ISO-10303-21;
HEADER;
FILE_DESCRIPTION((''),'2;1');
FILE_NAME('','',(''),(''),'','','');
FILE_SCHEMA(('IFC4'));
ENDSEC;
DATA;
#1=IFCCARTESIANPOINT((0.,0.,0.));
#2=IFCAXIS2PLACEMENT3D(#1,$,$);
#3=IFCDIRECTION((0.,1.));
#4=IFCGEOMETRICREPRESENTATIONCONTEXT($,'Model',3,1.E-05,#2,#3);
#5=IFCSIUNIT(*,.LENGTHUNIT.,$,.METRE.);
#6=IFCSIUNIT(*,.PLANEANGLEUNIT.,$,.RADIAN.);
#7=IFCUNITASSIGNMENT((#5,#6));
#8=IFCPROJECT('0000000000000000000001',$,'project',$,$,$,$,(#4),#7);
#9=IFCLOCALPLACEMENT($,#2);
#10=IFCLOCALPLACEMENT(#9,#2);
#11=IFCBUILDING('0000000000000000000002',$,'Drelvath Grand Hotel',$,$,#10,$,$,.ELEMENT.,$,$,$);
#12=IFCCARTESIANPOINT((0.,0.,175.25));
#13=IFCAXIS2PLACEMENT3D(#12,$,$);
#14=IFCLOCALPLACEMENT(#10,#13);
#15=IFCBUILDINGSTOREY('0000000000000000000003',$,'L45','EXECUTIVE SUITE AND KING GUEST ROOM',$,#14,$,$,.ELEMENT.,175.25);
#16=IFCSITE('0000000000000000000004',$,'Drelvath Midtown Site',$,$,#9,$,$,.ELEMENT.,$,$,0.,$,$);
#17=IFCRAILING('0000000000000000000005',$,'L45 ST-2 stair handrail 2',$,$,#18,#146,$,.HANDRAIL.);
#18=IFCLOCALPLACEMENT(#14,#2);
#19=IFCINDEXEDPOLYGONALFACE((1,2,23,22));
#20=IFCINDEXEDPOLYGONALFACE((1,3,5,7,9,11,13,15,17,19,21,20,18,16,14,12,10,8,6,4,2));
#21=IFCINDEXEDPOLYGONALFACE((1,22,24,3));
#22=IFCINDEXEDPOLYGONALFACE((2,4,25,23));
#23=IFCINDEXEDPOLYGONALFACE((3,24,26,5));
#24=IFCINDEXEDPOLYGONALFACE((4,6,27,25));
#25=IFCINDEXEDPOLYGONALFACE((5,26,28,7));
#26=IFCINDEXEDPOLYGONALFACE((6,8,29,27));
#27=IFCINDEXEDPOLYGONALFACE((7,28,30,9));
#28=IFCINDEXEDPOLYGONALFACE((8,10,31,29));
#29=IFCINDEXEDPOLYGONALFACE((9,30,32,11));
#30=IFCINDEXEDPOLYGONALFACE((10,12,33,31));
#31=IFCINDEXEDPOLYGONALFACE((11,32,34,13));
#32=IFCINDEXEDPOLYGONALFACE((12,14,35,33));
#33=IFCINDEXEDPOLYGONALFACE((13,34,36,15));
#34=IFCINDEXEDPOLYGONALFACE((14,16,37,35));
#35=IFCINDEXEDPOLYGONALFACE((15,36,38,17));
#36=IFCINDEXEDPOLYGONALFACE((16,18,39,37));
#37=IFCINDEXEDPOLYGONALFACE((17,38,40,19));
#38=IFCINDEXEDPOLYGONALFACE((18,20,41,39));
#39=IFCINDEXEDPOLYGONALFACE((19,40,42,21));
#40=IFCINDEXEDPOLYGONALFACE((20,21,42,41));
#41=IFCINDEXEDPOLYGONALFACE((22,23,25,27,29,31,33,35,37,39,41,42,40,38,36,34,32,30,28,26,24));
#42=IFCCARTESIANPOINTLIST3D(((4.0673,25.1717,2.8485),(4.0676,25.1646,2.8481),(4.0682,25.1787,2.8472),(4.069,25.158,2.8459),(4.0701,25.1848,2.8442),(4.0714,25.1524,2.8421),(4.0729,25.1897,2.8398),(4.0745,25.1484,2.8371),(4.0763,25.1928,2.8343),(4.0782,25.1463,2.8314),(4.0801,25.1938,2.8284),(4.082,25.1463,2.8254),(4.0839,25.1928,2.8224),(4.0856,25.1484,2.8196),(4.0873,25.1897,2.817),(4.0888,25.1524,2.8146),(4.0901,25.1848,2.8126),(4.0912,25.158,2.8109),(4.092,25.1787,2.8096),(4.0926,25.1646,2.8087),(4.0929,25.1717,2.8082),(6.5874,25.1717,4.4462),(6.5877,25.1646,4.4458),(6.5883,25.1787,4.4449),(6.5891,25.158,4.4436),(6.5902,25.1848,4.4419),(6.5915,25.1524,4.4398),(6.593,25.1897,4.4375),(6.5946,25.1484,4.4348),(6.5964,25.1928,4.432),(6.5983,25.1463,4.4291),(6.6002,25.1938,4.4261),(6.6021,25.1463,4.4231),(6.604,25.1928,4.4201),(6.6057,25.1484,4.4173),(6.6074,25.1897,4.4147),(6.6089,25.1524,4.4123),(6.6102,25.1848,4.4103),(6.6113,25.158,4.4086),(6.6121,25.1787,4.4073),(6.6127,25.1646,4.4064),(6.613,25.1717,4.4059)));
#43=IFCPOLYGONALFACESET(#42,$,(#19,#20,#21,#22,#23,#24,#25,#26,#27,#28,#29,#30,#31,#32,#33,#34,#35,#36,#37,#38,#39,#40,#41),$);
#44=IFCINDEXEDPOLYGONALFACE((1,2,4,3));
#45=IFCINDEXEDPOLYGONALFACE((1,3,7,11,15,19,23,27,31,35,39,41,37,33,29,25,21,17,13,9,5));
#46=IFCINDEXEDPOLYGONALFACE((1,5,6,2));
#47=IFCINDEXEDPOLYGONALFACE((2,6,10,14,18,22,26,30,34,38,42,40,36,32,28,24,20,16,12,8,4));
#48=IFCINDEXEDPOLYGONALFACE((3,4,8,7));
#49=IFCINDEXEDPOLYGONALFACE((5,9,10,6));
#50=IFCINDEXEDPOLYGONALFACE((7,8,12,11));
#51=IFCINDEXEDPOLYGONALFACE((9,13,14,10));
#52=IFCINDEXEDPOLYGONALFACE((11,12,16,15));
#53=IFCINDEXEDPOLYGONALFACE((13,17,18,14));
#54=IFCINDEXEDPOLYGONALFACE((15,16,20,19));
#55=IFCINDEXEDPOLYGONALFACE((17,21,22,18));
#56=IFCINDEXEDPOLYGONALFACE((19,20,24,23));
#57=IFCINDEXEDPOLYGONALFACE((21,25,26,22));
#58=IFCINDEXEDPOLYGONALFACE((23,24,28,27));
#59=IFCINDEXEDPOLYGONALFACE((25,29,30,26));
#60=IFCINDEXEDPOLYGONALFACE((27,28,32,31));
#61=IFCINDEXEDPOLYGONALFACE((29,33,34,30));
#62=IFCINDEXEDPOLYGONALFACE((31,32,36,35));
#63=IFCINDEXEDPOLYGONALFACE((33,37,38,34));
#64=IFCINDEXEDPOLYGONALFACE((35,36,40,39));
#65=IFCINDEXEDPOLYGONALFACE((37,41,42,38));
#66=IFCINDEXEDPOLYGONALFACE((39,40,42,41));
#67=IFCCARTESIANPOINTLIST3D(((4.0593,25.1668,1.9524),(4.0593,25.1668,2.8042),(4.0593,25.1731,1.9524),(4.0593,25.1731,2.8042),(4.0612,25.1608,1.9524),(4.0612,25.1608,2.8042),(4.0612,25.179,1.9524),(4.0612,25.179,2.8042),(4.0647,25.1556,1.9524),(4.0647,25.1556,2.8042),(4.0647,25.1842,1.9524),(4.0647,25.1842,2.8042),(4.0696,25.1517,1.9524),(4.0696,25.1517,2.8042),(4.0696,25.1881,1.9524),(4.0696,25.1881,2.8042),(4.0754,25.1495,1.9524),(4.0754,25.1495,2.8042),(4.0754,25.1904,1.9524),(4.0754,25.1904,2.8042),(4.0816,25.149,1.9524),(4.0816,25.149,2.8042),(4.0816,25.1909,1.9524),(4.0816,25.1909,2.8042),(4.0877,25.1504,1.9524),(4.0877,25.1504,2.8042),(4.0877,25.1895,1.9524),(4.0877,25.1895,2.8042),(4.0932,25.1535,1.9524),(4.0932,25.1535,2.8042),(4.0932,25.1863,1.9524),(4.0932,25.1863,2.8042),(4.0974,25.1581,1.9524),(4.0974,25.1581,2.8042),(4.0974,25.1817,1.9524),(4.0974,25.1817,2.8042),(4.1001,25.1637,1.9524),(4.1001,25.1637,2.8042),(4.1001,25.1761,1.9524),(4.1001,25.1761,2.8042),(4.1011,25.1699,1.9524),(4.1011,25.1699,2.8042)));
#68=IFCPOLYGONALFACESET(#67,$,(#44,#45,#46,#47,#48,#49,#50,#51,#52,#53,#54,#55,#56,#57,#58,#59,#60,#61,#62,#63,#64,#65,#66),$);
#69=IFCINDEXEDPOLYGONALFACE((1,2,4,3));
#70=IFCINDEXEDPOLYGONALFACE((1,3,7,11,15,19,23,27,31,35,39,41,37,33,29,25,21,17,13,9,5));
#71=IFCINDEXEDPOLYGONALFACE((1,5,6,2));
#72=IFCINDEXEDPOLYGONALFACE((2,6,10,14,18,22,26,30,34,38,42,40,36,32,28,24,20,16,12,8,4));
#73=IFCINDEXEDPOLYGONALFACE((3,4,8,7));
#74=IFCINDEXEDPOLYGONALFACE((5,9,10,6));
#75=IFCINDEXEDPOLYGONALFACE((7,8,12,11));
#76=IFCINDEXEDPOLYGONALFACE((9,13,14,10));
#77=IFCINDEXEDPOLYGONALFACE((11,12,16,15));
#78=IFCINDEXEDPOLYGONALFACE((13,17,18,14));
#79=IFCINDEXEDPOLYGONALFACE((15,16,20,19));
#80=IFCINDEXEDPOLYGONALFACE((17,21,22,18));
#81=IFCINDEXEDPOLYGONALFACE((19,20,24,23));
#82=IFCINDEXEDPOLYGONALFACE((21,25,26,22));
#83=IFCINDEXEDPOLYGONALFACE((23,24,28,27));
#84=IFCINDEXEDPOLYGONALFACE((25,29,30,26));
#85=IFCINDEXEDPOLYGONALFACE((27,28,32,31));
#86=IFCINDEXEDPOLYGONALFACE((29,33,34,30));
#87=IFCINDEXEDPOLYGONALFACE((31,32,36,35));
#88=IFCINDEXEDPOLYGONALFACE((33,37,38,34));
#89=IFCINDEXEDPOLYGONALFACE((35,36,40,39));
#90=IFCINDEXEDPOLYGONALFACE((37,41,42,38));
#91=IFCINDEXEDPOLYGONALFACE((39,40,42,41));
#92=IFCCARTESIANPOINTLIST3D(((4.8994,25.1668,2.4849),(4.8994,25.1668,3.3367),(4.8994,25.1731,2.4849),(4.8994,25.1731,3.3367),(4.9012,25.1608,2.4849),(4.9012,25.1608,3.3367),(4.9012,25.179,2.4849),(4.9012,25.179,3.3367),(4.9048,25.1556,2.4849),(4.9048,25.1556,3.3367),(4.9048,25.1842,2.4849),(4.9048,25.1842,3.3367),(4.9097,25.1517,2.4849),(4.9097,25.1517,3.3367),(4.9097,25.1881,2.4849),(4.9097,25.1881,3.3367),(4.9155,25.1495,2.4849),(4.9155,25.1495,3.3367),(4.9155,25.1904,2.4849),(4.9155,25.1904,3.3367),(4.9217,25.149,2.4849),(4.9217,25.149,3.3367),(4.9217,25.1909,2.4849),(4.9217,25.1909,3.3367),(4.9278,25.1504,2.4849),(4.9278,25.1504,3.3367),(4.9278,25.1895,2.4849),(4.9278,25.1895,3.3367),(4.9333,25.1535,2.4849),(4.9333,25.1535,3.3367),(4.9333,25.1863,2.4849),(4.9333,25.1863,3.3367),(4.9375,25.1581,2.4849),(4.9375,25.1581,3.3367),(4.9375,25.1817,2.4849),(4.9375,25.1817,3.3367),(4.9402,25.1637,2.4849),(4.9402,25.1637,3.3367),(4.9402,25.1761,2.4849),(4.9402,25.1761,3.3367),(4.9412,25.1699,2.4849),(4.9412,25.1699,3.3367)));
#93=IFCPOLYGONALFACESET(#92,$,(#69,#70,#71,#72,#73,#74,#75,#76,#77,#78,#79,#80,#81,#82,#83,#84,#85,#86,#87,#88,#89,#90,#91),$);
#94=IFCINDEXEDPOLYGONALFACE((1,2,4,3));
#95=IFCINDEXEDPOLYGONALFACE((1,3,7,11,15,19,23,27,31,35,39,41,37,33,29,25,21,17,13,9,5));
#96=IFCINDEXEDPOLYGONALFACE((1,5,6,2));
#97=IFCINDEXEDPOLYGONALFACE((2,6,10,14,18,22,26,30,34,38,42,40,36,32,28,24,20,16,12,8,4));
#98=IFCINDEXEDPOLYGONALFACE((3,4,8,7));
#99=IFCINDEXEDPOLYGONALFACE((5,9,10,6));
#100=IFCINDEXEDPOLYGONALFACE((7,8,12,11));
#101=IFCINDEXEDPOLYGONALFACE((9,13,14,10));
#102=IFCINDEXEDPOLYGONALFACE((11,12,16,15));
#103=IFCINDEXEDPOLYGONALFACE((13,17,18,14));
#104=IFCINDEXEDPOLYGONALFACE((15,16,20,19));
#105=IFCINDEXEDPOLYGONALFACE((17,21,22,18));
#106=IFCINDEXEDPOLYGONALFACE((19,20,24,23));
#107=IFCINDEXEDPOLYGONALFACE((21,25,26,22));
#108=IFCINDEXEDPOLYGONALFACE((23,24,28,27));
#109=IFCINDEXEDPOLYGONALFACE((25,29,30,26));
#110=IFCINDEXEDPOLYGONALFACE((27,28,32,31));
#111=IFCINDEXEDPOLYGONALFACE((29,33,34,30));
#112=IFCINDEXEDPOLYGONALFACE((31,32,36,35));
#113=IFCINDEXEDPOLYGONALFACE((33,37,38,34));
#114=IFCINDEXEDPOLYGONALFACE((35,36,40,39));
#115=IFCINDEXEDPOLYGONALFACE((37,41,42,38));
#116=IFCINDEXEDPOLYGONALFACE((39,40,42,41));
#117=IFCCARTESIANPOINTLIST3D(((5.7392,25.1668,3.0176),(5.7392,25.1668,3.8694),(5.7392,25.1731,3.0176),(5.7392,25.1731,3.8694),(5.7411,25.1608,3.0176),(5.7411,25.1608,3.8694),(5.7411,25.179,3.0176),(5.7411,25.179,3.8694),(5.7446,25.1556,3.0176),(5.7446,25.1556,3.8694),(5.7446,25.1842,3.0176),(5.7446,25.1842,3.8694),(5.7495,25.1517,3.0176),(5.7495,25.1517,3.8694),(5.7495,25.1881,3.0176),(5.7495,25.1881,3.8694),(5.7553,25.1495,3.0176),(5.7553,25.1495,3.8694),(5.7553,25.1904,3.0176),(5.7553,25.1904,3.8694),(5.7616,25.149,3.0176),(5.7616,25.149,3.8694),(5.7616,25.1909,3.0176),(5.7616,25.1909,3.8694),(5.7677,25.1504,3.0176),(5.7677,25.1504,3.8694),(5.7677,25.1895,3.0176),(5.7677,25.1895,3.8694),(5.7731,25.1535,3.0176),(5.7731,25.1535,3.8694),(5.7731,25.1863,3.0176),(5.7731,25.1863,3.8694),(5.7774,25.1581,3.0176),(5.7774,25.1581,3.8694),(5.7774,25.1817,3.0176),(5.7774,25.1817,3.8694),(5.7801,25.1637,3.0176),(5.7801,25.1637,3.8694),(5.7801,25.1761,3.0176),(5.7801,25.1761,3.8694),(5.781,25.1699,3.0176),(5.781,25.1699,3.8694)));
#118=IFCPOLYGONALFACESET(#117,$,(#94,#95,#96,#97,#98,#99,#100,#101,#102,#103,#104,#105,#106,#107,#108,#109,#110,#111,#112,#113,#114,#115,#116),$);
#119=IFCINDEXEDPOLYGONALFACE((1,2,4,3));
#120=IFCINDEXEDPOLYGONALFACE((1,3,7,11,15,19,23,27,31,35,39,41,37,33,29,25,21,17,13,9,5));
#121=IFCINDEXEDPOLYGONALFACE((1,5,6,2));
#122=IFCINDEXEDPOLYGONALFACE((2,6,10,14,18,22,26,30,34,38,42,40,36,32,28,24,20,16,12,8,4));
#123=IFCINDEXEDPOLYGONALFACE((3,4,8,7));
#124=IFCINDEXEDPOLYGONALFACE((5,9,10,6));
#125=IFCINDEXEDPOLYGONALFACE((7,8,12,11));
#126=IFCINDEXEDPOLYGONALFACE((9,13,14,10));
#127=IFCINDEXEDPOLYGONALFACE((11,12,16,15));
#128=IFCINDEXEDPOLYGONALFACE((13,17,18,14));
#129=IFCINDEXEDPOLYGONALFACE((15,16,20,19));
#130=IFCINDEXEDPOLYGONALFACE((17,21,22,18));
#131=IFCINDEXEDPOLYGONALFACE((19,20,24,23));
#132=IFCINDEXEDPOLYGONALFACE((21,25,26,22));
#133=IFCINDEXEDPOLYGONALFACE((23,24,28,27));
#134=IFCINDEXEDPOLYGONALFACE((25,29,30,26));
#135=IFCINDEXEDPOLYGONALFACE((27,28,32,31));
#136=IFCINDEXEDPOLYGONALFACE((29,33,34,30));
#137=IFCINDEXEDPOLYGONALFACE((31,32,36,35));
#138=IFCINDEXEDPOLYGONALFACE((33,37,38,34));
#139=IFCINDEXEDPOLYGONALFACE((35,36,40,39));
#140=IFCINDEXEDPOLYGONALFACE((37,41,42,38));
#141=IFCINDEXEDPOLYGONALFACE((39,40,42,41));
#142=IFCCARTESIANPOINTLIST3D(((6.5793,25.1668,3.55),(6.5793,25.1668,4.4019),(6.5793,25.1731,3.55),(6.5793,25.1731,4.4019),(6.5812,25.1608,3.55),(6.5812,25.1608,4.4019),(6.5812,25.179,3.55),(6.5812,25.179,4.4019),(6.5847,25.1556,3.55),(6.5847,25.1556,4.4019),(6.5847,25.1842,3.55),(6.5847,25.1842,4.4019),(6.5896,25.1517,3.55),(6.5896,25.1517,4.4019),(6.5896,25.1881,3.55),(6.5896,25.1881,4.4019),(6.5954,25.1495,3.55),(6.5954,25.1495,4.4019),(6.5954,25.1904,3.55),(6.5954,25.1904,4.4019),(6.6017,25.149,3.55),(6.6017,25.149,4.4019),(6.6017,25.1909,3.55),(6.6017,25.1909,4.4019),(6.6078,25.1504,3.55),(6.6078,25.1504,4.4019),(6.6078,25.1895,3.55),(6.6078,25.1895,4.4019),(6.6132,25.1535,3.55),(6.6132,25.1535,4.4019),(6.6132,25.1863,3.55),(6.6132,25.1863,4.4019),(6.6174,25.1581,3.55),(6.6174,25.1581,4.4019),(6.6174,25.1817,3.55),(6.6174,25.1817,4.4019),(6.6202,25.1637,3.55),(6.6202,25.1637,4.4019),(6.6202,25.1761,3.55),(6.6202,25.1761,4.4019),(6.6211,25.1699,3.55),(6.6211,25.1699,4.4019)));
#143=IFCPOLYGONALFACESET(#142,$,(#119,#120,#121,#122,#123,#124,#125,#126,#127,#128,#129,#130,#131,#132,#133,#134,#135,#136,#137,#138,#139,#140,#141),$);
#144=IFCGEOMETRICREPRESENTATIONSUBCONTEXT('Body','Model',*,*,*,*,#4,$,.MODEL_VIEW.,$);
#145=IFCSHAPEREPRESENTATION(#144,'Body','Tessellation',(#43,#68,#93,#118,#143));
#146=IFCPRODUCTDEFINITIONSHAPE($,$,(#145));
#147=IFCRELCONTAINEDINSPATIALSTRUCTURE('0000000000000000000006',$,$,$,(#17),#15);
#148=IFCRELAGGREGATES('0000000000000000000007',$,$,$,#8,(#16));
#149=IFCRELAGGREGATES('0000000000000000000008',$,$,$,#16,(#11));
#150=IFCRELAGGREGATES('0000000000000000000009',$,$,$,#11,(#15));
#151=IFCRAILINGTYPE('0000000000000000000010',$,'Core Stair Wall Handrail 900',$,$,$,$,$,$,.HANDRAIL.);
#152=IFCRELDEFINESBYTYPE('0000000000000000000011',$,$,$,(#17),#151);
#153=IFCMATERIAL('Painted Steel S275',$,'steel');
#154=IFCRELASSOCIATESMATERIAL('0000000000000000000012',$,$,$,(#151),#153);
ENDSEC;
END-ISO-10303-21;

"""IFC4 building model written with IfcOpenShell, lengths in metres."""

from ifc_helpers import new_model, si_unit, direction, frame, origin, origin_2d, place, context, subcontext, project, spatial, circle, extrude, material, type_object, element, save


model = new_model("IFC4")

# Units and contexts
model_context = context("Model", 3, precision=1e-05, world=origin(), true_north=direction((0.0, 1.0)))
body_context = subcontext(model_context, "Body", "Model", "MODEL_VIEW")
ifc_project = project(units=[si_unit("LENGTHUNIT", "METRE"), si_unit("PLANEANGLEUNIT", "RADIAN")], contexts=[model_context])

# Site, building, storey
site_placement = place(None, origin())
site = spatial("IfcSite", under=ifc_project, at=site_placement, Name="Drelvath Midtown Site", CompositionType="ELEMENT", RefElevation=0.0)
building_placement = place(site_placement, origin())
building = spatial("IfcBuilding", under=site, at=building_placement, Name="Drelvath Grand Hotel", CompositionType="ELEMENT")
storey_placement = place(building_placement, frame((0.0, 0.0, 175.25)))
storey = spatial("IfcBuildingStorey", under=building, at=storey_placement, Name="L45", Description="EXECUTIVE SUITE AND KING GUEST ROOM", CompositionType="ELEMENT", Elevation=175.25)

# Railing
ifc_material_1 = material(Name="Painted Steel S275", Category="steel")
railing_type_1 = type_object("IfcRailingType", Name="Core Stair Wall Handrail 900", PredefinedType="HANDRAIL", material=ifc_material_1)
railing_1_placement = place(storey_placement, frame((4.0801, 25.1699, 1.9524)))
element("IfcRailing", 1, at=railing_1_placement, inside=storey, type_object=railing_type_1, Name="L45 ST-2 stair handrail 2", PredefinedType="HANDRAIL", context=body_context, shape_type="SweptSolid", body=[
    extrude(circle(Radius=0.0239, at=origin_2d()), frame((0.0, 0.0, 0.876), z_axis=(0.84457, 0.0, 0.535445), x_axis=(0.0, 1.0, 0.0)), (0.0, 0.0, 1.0), 2.9839),
    extrude(circle(Radius=0.021, at=origin_2d()), origin(), (0.0, 0.0, 1.0), 0.8518),
    extrude(circle(Radius=0.021, at=origin_2d()), frame((0.8401, 0.0, 0.5325)), (0.0, 0.0, 1.0), 0.8518),
    extrude(circle(Radius=0.021, at=origin_2d()), frame((1.6799, 0.0, 1.0652)), (0.0, 0.0, 1.0), 0.8518),
    extrude(circle(Radius=0.021, at=origin_2d()), frame((2.52, 0.0, 1.5977)), (0.0, 0.0, 1.0), 0.8518),
])

save(model, "model.ifc")
